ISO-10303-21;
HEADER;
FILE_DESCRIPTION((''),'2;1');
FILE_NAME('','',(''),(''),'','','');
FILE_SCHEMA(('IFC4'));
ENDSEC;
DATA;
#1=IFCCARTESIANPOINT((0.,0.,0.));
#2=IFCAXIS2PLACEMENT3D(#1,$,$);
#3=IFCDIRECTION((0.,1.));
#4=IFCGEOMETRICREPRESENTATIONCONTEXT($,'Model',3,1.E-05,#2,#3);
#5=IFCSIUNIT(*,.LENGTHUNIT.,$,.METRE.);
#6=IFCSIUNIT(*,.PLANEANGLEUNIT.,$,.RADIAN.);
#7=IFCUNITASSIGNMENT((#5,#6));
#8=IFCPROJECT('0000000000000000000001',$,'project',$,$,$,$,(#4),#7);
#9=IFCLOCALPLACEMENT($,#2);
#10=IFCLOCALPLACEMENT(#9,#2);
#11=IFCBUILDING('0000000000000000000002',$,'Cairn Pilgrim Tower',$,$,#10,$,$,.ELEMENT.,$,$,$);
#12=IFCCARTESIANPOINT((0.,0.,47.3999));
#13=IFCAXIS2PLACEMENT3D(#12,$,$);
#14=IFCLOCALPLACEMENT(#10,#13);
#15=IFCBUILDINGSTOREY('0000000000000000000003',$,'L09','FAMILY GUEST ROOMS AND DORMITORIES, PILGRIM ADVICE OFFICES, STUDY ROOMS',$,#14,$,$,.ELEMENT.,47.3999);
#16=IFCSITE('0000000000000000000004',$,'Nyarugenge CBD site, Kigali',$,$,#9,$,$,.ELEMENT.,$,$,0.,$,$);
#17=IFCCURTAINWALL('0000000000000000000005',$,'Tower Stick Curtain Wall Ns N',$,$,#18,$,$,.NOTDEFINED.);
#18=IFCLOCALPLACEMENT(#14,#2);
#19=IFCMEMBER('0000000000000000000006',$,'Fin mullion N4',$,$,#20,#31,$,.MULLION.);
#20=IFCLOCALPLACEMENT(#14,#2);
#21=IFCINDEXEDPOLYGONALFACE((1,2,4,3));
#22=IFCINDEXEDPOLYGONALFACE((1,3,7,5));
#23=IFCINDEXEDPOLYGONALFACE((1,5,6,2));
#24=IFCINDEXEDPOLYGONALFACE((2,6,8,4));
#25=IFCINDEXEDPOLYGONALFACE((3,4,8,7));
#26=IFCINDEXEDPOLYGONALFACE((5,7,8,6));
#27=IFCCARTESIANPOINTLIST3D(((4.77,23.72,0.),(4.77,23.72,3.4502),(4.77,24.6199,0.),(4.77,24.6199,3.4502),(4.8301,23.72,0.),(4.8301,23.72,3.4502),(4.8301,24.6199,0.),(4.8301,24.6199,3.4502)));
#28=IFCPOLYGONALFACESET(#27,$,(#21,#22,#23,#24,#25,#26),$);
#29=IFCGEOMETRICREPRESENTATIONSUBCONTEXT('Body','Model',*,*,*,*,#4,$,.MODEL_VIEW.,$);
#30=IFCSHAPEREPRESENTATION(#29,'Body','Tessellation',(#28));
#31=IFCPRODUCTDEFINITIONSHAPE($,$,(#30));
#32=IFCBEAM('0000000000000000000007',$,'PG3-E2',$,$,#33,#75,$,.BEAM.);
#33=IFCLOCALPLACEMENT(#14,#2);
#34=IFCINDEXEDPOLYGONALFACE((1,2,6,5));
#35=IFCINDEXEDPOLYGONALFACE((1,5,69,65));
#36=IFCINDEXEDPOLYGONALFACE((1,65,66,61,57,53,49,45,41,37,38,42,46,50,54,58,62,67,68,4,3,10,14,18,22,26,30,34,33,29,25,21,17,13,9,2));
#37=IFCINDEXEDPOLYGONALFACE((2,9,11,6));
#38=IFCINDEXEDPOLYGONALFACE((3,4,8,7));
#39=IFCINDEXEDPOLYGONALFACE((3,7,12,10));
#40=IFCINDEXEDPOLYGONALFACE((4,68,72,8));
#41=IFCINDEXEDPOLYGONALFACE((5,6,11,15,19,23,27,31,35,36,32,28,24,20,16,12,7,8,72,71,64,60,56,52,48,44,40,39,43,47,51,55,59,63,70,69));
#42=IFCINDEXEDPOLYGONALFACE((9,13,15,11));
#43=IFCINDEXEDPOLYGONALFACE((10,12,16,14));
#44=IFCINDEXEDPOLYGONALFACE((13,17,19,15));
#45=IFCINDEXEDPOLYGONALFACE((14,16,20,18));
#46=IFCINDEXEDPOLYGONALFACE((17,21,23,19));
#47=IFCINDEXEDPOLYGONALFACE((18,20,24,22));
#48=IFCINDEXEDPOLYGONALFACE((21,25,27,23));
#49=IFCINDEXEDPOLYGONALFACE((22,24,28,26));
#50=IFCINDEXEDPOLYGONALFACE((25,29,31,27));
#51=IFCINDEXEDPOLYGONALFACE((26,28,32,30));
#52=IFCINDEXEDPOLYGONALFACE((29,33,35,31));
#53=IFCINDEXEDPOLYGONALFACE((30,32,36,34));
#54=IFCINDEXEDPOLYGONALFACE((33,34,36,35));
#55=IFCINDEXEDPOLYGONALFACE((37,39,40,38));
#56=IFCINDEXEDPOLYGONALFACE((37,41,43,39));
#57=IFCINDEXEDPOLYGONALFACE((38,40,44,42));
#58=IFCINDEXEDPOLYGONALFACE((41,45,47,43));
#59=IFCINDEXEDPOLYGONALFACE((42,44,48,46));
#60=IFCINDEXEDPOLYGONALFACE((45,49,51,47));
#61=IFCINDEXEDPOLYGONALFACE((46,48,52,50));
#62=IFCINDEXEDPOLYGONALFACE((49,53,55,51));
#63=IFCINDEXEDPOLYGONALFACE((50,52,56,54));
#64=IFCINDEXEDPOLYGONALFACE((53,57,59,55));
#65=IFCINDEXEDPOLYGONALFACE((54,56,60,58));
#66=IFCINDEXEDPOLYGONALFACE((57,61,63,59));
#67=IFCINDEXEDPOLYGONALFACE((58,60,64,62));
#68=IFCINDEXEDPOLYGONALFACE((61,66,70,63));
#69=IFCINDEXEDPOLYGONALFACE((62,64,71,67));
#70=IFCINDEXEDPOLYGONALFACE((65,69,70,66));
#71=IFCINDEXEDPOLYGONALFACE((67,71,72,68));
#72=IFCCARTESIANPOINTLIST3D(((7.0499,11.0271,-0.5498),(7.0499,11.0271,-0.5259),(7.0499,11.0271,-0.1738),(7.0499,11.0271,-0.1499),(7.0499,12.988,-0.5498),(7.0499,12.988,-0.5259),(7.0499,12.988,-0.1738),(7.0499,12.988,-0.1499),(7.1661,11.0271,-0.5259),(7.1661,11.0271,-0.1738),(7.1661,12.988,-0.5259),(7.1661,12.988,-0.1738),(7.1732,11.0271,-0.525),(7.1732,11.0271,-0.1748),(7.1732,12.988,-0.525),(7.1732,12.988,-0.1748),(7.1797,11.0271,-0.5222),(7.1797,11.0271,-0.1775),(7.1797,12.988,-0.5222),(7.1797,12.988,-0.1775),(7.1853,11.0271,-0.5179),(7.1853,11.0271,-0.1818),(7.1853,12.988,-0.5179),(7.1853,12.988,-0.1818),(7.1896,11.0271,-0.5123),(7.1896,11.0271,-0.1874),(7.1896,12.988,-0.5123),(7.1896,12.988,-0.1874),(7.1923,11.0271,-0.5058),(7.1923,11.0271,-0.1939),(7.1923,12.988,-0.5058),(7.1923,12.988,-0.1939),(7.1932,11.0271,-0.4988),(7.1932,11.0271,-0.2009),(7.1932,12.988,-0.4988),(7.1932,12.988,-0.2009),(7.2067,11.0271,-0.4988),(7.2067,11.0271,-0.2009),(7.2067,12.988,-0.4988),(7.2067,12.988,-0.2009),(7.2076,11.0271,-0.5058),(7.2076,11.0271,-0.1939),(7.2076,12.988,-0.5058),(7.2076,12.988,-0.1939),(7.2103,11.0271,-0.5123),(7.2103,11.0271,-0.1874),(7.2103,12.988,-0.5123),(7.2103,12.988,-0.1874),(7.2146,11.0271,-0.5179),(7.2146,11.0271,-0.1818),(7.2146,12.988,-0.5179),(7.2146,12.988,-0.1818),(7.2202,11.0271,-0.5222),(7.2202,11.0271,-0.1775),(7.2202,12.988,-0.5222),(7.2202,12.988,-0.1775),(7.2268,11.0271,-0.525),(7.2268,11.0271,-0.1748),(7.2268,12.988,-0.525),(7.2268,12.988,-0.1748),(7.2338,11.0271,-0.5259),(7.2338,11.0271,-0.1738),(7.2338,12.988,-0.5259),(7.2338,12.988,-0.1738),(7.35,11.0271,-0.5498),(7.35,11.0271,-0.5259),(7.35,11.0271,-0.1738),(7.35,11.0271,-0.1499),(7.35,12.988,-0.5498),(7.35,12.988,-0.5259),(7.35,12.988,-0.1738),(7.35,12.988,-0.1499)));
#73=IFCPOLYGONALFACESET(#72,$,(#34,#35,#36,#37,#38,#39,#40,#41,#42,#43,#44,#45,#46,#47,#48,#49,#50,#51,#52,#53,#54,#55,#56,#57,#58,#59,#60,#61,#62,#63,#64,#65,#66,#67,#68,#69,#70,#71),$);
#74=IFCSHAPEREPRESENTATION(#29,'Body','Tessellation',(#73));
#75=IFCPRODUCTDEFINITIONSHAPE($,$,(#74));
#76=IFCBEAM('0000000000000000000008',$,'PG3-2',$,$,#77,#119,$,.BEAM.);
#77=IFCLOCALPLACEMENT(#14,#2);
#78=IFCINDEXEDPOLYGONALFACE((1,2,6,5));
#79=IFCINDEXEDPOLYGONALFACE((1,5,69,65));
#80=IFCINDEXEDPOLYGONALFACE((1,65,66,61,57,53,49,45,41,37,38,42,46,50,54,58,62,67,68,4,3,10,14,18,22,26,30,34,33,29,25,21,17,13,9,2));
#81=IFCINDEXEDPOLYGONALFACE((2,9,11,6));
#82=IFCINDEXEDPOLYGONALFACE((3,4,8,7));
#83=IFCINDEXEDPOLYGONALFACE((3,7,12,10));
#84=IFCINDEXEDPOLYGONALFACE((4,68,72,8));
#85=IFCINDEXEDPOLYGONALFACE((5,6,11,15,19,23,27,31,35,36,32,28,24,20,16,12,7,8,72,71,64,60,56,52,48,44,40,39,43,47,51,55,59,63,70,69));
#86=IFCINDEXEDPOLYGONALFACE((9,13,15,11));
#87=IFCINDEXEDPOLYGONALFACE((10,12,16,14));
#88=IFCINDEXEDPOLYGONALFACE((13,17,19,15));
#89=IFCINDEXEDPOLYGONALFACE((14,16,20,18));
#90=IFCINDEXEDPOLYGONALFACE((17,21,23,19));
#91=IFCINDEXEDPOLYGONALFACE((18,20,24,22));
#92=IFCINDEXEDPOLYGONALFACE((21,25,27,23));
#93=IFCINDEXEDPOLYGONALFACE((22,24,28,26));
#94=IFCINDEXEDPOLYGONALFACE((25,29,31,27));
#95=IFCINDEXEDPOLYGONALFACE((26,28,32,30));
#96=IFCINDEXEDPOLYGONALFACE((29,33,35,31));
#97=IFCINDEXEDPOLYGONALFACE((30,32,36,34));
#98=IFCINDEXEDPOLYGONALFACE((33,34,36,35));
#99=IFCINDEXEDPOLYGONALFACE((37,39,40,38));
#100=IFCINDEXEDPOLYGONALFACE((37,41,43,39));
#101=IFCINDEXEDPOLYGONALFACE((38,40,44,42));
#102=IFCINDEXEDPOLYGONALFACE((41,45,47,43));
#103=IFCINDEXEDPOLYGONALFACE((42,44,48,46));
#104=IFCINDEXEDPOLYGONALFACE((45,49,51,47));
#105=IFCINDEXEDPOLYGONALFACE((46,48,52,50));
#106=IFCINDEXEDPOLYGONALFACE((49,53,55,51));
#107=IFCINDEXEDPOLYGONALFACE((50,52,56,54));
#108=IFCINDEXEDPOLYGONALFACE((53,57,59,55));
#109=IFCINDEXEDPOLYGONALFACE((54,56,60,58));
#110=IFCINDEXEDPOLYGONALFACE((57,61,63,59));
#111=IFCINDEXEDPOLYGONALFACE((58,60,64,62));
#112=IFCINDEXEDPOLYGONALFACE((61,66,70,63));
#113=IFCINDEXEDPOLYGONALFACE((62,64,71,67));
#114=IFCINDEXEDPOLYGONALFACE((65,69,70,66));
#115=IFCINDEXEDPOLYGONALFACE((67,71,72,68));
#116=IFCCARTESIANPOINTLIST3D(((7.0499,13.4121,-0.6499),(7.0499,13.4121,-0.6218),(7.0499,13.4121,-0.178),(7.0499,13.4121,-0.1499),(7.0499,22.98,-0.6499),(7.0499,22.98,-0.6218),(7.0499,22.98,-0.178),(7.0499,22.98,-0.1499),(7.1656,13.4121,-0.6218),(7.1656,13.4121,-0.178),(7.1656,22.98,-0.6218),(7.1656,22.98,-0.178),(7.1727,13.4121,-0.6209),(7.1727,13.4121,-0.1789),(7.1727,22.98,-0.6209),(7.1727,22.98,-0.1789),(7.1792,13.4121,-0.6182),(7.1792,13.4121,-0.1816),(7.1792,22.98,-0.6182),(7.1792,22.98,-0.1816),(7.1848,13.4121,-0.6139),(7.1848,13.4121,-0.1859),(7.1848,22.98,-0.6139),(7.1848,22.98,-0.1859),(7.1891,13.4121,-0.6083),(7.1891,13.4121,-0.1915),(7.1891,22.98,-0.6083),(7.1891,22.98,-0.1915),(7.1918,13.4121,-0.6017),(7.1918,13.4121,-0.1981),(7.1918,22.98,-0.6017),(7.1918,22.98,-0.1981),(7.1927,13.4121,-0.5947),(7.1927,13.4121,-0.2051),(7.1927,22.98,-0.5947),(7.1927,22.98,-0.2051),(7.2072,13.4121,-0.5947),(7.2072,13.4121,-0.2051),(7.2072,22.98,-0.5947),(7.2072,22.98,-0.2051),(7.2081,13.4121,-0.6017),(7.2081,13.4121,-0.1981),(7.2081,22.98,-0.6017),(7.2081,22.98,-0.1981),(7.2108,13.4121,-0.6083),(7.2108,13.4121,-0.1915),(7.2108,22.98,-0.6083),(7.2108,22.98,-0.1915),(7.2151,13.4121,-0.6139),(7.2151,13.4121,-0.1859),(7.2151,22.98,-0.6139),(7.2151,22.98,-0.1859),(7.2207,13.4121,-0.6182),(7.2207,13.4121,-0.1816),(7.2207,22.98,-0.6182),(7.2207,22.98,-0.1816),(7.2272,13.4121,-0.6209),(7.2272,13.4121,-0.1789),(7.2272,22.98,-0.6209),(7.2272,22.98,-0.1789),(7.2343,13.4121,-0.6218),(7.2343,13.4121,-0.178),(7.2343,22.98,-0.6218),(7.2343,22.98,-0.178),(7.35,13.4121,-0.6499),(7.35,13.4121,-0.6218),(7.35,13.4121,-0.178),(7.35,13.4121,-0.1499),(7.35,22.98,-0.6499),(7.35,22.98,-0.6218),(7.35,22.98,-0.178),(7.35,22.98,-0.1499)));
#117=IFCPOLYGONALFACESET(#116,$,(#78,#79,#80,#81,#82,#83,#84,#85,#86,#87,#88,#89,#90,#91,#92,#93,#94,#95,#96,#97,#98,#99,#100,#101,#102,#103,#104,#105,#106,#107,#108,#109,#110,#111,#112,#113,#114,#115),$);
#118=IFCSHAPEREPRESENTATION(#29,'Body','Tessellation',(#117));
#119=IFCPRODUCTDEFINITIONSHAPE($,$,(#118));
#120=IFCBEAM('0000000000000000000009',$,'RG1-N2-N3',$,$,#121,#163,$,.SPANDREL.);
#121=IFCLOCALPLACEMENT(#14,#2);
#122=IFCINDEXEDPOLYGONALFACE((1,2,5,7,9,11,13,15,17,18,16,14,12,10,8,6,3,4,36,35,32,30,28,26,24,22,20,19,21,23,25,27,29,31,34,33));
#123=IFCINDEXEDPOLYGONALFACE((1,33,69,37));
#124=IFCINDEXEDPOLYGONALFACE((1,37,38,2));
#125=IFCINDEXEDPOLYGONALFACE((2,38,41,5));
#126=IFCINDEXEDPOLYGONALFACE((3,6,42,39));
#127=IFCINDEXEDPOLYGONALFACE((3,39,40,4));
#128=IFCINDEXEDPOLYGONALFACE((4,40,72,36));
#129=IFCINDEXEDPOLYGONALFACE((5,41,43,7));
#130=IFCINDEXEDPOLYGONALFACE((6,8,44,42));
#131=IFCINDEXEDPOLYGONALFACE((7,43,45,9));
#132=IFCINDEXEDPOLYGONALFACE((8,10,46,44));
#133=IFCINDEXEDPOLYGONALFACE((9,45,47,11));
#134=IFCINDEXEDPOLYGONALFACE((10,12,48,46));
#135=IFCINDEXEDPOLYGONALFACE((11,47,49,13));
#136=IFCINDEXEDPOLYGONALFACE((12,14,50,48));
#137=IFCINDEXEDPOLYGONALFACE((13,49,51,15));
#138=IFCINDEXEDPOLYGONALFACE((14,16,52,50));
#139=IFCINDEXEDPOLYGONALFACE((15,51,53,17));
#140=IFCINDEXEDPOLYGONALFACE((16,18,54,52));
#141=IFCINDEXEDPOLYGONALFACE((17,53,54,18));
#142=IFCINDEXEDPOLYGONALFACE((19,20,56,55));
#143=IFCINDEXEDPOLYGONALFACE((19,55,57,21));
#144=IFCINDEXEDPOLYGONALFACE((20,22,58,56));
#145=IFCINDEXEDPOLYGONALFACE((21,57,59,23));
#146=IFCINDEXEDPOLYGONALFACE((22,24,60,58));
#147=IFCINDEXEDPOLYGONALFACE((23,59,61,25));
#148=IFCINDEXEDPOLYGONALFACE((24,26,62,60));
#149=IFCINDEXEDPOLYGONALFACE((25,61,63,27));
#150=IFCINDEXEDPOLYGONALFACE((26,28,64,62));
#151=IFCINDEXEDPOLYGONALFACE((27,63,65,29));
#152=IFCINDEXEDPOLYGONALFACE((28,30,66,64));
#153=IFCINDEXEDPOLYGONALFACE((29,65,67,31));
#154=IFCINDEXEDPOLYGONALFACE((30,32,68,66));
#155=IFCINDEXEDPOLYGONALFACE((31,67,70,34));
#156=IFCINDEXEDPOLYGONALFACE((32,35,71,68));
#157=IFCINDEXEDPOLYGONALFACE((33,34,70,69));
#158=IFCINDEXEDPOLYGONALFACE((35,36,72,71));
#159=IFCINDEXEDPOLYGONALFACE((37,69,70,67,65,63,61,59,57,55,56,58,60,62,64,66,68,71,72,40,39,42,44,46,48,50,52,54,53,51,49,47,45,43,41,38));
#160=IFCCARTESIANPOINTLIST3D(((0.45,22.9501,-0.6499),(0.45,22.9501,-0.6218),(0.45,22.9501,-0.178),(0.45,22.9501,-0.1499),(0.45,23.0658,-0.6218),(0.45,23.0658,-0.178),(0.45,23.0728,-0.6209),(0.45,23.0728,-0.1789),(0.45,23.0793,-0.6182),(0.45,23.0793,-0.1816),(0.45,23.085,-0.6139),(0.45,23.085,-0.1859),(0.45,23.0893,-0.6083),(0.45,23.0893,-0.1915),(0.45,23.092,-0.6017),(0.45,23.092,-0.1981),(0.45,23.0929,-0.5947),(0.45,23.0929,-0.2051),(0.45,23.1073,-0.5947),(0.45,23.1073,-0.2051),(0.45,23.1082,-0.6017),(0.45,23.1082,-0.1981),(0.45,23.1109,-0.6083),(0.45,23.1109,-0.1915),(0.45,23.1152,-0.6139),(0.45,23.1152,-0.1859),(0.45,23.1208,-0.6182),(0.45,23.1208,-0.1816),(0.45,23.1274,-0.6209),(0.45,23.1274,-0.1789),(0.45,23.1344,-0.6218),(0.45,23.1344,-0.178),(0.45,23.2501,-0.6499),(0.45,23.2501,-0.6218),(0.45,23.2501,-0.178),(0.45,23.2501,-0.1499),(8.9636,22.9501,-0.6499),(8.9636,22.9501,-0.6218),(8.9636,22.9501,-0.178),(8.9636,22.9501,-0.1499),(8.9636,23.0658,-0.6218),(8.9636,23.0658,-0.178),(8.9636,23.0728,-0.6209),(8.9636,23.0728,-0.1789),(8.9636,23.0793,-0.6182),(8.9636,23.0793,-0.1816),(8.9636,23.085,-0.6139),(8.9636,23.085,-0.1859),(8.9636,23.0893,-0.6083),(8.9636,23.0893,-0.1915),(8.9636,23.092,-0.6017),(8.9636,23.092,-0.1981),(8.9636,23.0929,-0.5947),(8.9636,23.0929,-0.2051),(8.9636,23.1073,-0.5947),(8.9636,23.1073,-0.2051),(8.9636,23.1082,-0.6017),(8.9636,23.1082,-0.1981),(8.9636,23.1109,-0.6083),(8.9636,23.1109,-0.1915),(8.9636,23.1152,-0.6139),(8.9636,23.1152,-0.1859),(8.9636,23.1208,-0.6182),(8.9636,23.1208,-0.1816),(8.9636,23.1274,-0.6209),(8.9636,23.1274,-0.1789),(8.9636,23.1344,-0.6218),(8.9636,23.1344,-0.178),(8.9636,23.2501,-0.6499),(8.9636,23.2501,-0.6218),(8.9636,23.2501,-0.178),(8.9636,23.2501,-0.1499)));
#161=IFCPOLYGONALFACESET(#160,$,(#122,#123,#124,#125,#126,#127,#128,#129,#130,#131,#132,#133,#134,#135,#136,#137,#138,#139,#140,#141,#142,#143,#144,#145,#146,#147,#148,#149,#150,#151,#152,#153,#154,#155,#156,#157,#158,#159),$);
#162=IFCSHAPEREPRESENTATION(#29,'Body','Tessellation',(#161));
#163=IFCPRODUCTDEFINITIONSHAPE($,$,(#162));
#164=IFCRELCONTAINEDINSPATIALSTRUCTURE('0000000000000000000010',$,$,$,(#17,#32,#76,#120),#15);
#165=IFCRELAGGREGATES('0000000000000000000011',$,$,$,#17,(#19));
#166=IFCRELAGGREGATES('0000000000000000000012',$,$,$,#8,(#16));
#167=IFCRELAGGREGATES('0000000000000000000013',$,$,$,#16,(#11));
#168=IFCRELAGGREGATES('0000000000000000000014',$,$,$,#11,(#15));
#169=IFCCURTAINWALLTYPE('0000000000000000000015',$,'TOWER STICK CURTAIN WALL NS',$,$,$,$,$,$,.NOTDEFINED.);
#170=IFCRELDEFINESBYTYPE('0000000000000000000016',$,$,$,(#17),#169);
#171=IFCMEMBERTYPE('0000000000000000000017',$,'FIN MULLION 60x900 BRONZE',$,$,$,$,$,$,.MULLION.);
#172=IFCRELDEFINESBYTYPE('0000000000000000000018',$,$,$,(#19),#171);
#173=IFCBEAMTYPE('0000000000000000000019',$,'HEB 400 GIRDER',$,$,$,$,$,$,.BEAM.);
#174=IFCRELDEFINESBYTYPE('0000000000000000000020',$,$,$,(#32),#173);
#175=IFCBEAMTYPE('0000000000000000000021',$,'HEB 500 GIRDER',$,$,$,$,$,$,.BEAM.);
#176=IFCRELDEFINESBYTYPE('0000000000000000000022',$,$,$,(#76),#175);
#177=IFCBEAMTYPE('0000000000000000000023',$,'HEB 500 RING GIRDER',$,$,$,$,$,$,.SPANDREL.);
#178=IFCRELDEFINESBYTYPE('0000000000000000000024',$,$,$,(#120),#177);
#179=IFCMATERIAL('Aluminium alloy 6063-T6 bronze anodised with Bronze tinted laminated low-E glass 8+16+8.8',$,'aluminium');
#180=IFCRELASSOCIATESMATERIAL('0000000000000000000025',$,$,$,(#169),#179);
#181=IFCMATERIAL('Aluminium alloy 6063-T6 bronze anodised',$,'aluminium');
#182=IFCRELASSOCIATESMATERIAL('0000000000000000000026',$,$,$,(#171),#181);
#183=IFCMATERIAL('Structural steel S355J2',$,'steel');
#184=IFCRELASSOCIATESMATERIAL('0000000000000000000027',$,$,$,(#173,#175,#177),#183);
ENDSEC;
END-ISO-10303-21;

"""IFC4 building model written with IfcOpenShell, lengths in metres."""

from ifc_helpers import new_model, si_unit, direction, frame, origin, origin_2d, place, context, subcontext, project, spatial, rectangle, i_section, extrude, material, material_profile, profile_set, type_object, element, aggregate, save


model = new_model("IFC4")

# Units and contexts
model_context = context("Model", 3, precision=1e-05, world=origin(), true_north=direction((0.0, 1.0)))
body_context = subcontext(model_context, "Body", "Model", "MODEL_VIEW")
ifc_project = project(units=[si_unit("LENGTHUNIT", "METRE"), si_unit("PLANEANGLEUNIT", "RADIAN")], contexts=[model_context])

# Site, building, storey
site_placement = place(None, origin())
site = spatial("IfcSite", under=ifc_project, at=site_placement, Name="Nyarugenge CBD site, Kigali", CompositionType="ELEMENT", RefElevation=0.0)
building_placement = place(site_placement, origin())
building = spatial("IfcBuilding", under=site, at=building_placement, Name="Cairn Pilgrim Tower", CompositionType="ELEMENT")
storey_placement = place(building_placement, frame((0.0, 0.0, 47.3999)))
storey = spatial("IfcBuildingStorey", under=building, at=storey_placement, Name="L09", Description="FAMILY GUEST ROOMS AND DORMITORIES, PILGRIM ADVICE OFFICES, STUDY ROOMS", CompositionType="ELEMENT", Elevation=47.3999)

# Curtain wall, member
ifc_material_1 = material(Name="Aluminium alloy 6063-T6 bronze anodised with Bronze tinted laminated low-E glass 8+16+8.8", Category="aluminium")
curtain_wall_type = type_object("IfcCurtainWallType", Name="TOWER STICK CURTAIN WALL NS", PredefinedType="NOTDEFINED", material=ifc_material_1)
curtain_wall_placement = place(storey_placement, origin())
curtain_wall = element("IfcCurtainWall", 1, at=curtain_wall_placement, inside=storey, type_object=curtain_wall_type, Name="Tower Stick Curtain Wall Ns N", PredefinedType="NOTDEFINED")
ifc_material_2 = material(Name="Aluminium alloy 6063-T6 bronze anodised", Category="aluminium")
ifc_material_profile_1 = material_profile(ifc_material_2, rectangle(XDim=0.8999, YDim=0.0601, at=origin_2d()), Name="FIN MULLION 60x900 BRONZE")
ifc_profile_set_1 = profile_set([ifc_material_profile_1], Name="Aluminium alloy 6063-T6 bronze anodised")
member_type_1 = type_object("IfcMemberType", Name="FIN MULLION 60x900 BRONZE", PredefinedType="MULLION", material=ifc_profile_set_1)
member_1_placement = place(storey_placement, frame((4.8, 24.1699, 0.0), z_axis=(0.0, 0.0, 1.0), x_axis=(0.0, 1.0, 0.0)))
member_1 = element("IfcMember", 2, at=member_1_placement, type_object=member_type_1, Name="Fin mullion N4", PredefinedType="MULLION", context=body_context, shape_type="SweptSolid", body=[
    extrude(rectangle(XDim=0.8999, YDim=0.0601, at=origin_2d()), origin(), (0.0, 0.0, 1.0), 3.4502),
])

# Beams
ifc_material_3 = material(Name="Structural steel S355J2", Category="steel")
ifc_material_profile_2 = material_profile(ifc_material_3, i_section(OverallWidth=0.3, OverallDepth=0.3999, WebThickness=0.0134, FlangeThickness=0.0239, FilletRadius=0.0271, at=origin_2d()), Name="HEB 400")
ifc_profile_set_2 = profile_set([ifc_material_profile_2], Name="Structural steel S355J2")
beam_type_1 = type_object("IfcBeamType", Name="HEB 400 GIRDER", PredefinedType="BEAM", material=ifc_profile_set_2)
beam_1_placement = place(storey_placement, frame((7.2, 11.0271, -0.3499), z_axis=(0.0, 1.0, 0.0), x_axis=(-1.0, 0.0, 0.0)))
element("IfcBeam", 3, at=beam_1_placement, inside=storey, type_object=beam_type_1, Name="PG3-E2", PredefinedType="BEAM", context=body_context, shape_type="SweptSolid", body=[
    extrude(i_section(OverallWidth=0.3, OverallDepth=0.3999, WebThickness=0.0134, FlangeThickness=0.0239, FilletRadius=0.0271, at=origin_2d()), origin(), (0.0, 0.0, 1.0), 1.9609),
])
ifc_material_profile_3 = material_profile(ifc_material_3, i_section(OverallWidth=0.3, OverallDepth=0.5, WebThickness=0.0144, FlangeThickness=0.0281, FilletRadius=0.0271, at=origin_2d()), Name="HEB 500")
ifc_profile_set_3 = profile_set([ifc_material_profile_3], Name="Structural steel S355J2")
beam_type_2 = type_object("IfcBeamType", Name="HEB 500 GIRDER", PredefinedType="BEAM", material=ifc_profile_set_3)
beam_2_placement = place(storey_placement, frame((7.2, 13.4121, -0.3999), z_axis=(0.0, 1.0, 0.0), x_axis=(-1.0, 0.0, 0.0)))
element("IfcBeam", 4, at=beam_2_placement, inside=storey, type_object=beam_type_2, Name="PG3-2", PredefinedType="BEAM", context=body_context, shape_type="SweptSolid", body=[
    extrude(i_section(OverallWidth=0.3, OverallDepth=0.5, WebThickness=0.0144, FlangeThickness=0.0281, FilletRadius=0.0271, at=origin_2d()), origin(), (0.0, 0.0, 1.0), 9.5679),
])
ifc_material_profile_4 = material_profile(ifc_material_3, i_section(OverallWidth=0.3, OverallDepth=0.5, WebThickness=0.0144, FlangeThickness=0.0281, FilletRadius=0.0271, at=origin_2d()), Name="HEB 500")
ifc_profile_set_4 = profile_set([ifc_material_profile_4], Name="Structural steel S355J2")
beam_type_3 = type_object("IfcBeamType", Name="HEB 500 RING GIRDER", PredefinedType="SPANDREL", material=ifc_profile_set_4)
beam_3_placement = place(storey_placement, frame((8.9636, 23.1001, -0.3999), z_axis=(-1.0, 0.0, 0.0), x_axis=(0.0, -1.0, 0.0)))
element("IfcBeam", 5, at=beam_3_placement, inside=storey, type_object=beam_type_3, Name="RG1-N2-N3", PredefinedType="SPANDREL", context=body_context, shape_type="SweptSolid", body=[
    extrude(i_section(OverallWidth=0.3, OverallDepth=0.5, WebThickness=0.0144, FlangeThickness=0.0281, FilletRadius=0.0271, at=origin_2d()), origin(), (0.0, 0.0, 1.0), 8.5137),
])

aggregate(curtain_wall, [member_1])

save(model, "model.ifc")
